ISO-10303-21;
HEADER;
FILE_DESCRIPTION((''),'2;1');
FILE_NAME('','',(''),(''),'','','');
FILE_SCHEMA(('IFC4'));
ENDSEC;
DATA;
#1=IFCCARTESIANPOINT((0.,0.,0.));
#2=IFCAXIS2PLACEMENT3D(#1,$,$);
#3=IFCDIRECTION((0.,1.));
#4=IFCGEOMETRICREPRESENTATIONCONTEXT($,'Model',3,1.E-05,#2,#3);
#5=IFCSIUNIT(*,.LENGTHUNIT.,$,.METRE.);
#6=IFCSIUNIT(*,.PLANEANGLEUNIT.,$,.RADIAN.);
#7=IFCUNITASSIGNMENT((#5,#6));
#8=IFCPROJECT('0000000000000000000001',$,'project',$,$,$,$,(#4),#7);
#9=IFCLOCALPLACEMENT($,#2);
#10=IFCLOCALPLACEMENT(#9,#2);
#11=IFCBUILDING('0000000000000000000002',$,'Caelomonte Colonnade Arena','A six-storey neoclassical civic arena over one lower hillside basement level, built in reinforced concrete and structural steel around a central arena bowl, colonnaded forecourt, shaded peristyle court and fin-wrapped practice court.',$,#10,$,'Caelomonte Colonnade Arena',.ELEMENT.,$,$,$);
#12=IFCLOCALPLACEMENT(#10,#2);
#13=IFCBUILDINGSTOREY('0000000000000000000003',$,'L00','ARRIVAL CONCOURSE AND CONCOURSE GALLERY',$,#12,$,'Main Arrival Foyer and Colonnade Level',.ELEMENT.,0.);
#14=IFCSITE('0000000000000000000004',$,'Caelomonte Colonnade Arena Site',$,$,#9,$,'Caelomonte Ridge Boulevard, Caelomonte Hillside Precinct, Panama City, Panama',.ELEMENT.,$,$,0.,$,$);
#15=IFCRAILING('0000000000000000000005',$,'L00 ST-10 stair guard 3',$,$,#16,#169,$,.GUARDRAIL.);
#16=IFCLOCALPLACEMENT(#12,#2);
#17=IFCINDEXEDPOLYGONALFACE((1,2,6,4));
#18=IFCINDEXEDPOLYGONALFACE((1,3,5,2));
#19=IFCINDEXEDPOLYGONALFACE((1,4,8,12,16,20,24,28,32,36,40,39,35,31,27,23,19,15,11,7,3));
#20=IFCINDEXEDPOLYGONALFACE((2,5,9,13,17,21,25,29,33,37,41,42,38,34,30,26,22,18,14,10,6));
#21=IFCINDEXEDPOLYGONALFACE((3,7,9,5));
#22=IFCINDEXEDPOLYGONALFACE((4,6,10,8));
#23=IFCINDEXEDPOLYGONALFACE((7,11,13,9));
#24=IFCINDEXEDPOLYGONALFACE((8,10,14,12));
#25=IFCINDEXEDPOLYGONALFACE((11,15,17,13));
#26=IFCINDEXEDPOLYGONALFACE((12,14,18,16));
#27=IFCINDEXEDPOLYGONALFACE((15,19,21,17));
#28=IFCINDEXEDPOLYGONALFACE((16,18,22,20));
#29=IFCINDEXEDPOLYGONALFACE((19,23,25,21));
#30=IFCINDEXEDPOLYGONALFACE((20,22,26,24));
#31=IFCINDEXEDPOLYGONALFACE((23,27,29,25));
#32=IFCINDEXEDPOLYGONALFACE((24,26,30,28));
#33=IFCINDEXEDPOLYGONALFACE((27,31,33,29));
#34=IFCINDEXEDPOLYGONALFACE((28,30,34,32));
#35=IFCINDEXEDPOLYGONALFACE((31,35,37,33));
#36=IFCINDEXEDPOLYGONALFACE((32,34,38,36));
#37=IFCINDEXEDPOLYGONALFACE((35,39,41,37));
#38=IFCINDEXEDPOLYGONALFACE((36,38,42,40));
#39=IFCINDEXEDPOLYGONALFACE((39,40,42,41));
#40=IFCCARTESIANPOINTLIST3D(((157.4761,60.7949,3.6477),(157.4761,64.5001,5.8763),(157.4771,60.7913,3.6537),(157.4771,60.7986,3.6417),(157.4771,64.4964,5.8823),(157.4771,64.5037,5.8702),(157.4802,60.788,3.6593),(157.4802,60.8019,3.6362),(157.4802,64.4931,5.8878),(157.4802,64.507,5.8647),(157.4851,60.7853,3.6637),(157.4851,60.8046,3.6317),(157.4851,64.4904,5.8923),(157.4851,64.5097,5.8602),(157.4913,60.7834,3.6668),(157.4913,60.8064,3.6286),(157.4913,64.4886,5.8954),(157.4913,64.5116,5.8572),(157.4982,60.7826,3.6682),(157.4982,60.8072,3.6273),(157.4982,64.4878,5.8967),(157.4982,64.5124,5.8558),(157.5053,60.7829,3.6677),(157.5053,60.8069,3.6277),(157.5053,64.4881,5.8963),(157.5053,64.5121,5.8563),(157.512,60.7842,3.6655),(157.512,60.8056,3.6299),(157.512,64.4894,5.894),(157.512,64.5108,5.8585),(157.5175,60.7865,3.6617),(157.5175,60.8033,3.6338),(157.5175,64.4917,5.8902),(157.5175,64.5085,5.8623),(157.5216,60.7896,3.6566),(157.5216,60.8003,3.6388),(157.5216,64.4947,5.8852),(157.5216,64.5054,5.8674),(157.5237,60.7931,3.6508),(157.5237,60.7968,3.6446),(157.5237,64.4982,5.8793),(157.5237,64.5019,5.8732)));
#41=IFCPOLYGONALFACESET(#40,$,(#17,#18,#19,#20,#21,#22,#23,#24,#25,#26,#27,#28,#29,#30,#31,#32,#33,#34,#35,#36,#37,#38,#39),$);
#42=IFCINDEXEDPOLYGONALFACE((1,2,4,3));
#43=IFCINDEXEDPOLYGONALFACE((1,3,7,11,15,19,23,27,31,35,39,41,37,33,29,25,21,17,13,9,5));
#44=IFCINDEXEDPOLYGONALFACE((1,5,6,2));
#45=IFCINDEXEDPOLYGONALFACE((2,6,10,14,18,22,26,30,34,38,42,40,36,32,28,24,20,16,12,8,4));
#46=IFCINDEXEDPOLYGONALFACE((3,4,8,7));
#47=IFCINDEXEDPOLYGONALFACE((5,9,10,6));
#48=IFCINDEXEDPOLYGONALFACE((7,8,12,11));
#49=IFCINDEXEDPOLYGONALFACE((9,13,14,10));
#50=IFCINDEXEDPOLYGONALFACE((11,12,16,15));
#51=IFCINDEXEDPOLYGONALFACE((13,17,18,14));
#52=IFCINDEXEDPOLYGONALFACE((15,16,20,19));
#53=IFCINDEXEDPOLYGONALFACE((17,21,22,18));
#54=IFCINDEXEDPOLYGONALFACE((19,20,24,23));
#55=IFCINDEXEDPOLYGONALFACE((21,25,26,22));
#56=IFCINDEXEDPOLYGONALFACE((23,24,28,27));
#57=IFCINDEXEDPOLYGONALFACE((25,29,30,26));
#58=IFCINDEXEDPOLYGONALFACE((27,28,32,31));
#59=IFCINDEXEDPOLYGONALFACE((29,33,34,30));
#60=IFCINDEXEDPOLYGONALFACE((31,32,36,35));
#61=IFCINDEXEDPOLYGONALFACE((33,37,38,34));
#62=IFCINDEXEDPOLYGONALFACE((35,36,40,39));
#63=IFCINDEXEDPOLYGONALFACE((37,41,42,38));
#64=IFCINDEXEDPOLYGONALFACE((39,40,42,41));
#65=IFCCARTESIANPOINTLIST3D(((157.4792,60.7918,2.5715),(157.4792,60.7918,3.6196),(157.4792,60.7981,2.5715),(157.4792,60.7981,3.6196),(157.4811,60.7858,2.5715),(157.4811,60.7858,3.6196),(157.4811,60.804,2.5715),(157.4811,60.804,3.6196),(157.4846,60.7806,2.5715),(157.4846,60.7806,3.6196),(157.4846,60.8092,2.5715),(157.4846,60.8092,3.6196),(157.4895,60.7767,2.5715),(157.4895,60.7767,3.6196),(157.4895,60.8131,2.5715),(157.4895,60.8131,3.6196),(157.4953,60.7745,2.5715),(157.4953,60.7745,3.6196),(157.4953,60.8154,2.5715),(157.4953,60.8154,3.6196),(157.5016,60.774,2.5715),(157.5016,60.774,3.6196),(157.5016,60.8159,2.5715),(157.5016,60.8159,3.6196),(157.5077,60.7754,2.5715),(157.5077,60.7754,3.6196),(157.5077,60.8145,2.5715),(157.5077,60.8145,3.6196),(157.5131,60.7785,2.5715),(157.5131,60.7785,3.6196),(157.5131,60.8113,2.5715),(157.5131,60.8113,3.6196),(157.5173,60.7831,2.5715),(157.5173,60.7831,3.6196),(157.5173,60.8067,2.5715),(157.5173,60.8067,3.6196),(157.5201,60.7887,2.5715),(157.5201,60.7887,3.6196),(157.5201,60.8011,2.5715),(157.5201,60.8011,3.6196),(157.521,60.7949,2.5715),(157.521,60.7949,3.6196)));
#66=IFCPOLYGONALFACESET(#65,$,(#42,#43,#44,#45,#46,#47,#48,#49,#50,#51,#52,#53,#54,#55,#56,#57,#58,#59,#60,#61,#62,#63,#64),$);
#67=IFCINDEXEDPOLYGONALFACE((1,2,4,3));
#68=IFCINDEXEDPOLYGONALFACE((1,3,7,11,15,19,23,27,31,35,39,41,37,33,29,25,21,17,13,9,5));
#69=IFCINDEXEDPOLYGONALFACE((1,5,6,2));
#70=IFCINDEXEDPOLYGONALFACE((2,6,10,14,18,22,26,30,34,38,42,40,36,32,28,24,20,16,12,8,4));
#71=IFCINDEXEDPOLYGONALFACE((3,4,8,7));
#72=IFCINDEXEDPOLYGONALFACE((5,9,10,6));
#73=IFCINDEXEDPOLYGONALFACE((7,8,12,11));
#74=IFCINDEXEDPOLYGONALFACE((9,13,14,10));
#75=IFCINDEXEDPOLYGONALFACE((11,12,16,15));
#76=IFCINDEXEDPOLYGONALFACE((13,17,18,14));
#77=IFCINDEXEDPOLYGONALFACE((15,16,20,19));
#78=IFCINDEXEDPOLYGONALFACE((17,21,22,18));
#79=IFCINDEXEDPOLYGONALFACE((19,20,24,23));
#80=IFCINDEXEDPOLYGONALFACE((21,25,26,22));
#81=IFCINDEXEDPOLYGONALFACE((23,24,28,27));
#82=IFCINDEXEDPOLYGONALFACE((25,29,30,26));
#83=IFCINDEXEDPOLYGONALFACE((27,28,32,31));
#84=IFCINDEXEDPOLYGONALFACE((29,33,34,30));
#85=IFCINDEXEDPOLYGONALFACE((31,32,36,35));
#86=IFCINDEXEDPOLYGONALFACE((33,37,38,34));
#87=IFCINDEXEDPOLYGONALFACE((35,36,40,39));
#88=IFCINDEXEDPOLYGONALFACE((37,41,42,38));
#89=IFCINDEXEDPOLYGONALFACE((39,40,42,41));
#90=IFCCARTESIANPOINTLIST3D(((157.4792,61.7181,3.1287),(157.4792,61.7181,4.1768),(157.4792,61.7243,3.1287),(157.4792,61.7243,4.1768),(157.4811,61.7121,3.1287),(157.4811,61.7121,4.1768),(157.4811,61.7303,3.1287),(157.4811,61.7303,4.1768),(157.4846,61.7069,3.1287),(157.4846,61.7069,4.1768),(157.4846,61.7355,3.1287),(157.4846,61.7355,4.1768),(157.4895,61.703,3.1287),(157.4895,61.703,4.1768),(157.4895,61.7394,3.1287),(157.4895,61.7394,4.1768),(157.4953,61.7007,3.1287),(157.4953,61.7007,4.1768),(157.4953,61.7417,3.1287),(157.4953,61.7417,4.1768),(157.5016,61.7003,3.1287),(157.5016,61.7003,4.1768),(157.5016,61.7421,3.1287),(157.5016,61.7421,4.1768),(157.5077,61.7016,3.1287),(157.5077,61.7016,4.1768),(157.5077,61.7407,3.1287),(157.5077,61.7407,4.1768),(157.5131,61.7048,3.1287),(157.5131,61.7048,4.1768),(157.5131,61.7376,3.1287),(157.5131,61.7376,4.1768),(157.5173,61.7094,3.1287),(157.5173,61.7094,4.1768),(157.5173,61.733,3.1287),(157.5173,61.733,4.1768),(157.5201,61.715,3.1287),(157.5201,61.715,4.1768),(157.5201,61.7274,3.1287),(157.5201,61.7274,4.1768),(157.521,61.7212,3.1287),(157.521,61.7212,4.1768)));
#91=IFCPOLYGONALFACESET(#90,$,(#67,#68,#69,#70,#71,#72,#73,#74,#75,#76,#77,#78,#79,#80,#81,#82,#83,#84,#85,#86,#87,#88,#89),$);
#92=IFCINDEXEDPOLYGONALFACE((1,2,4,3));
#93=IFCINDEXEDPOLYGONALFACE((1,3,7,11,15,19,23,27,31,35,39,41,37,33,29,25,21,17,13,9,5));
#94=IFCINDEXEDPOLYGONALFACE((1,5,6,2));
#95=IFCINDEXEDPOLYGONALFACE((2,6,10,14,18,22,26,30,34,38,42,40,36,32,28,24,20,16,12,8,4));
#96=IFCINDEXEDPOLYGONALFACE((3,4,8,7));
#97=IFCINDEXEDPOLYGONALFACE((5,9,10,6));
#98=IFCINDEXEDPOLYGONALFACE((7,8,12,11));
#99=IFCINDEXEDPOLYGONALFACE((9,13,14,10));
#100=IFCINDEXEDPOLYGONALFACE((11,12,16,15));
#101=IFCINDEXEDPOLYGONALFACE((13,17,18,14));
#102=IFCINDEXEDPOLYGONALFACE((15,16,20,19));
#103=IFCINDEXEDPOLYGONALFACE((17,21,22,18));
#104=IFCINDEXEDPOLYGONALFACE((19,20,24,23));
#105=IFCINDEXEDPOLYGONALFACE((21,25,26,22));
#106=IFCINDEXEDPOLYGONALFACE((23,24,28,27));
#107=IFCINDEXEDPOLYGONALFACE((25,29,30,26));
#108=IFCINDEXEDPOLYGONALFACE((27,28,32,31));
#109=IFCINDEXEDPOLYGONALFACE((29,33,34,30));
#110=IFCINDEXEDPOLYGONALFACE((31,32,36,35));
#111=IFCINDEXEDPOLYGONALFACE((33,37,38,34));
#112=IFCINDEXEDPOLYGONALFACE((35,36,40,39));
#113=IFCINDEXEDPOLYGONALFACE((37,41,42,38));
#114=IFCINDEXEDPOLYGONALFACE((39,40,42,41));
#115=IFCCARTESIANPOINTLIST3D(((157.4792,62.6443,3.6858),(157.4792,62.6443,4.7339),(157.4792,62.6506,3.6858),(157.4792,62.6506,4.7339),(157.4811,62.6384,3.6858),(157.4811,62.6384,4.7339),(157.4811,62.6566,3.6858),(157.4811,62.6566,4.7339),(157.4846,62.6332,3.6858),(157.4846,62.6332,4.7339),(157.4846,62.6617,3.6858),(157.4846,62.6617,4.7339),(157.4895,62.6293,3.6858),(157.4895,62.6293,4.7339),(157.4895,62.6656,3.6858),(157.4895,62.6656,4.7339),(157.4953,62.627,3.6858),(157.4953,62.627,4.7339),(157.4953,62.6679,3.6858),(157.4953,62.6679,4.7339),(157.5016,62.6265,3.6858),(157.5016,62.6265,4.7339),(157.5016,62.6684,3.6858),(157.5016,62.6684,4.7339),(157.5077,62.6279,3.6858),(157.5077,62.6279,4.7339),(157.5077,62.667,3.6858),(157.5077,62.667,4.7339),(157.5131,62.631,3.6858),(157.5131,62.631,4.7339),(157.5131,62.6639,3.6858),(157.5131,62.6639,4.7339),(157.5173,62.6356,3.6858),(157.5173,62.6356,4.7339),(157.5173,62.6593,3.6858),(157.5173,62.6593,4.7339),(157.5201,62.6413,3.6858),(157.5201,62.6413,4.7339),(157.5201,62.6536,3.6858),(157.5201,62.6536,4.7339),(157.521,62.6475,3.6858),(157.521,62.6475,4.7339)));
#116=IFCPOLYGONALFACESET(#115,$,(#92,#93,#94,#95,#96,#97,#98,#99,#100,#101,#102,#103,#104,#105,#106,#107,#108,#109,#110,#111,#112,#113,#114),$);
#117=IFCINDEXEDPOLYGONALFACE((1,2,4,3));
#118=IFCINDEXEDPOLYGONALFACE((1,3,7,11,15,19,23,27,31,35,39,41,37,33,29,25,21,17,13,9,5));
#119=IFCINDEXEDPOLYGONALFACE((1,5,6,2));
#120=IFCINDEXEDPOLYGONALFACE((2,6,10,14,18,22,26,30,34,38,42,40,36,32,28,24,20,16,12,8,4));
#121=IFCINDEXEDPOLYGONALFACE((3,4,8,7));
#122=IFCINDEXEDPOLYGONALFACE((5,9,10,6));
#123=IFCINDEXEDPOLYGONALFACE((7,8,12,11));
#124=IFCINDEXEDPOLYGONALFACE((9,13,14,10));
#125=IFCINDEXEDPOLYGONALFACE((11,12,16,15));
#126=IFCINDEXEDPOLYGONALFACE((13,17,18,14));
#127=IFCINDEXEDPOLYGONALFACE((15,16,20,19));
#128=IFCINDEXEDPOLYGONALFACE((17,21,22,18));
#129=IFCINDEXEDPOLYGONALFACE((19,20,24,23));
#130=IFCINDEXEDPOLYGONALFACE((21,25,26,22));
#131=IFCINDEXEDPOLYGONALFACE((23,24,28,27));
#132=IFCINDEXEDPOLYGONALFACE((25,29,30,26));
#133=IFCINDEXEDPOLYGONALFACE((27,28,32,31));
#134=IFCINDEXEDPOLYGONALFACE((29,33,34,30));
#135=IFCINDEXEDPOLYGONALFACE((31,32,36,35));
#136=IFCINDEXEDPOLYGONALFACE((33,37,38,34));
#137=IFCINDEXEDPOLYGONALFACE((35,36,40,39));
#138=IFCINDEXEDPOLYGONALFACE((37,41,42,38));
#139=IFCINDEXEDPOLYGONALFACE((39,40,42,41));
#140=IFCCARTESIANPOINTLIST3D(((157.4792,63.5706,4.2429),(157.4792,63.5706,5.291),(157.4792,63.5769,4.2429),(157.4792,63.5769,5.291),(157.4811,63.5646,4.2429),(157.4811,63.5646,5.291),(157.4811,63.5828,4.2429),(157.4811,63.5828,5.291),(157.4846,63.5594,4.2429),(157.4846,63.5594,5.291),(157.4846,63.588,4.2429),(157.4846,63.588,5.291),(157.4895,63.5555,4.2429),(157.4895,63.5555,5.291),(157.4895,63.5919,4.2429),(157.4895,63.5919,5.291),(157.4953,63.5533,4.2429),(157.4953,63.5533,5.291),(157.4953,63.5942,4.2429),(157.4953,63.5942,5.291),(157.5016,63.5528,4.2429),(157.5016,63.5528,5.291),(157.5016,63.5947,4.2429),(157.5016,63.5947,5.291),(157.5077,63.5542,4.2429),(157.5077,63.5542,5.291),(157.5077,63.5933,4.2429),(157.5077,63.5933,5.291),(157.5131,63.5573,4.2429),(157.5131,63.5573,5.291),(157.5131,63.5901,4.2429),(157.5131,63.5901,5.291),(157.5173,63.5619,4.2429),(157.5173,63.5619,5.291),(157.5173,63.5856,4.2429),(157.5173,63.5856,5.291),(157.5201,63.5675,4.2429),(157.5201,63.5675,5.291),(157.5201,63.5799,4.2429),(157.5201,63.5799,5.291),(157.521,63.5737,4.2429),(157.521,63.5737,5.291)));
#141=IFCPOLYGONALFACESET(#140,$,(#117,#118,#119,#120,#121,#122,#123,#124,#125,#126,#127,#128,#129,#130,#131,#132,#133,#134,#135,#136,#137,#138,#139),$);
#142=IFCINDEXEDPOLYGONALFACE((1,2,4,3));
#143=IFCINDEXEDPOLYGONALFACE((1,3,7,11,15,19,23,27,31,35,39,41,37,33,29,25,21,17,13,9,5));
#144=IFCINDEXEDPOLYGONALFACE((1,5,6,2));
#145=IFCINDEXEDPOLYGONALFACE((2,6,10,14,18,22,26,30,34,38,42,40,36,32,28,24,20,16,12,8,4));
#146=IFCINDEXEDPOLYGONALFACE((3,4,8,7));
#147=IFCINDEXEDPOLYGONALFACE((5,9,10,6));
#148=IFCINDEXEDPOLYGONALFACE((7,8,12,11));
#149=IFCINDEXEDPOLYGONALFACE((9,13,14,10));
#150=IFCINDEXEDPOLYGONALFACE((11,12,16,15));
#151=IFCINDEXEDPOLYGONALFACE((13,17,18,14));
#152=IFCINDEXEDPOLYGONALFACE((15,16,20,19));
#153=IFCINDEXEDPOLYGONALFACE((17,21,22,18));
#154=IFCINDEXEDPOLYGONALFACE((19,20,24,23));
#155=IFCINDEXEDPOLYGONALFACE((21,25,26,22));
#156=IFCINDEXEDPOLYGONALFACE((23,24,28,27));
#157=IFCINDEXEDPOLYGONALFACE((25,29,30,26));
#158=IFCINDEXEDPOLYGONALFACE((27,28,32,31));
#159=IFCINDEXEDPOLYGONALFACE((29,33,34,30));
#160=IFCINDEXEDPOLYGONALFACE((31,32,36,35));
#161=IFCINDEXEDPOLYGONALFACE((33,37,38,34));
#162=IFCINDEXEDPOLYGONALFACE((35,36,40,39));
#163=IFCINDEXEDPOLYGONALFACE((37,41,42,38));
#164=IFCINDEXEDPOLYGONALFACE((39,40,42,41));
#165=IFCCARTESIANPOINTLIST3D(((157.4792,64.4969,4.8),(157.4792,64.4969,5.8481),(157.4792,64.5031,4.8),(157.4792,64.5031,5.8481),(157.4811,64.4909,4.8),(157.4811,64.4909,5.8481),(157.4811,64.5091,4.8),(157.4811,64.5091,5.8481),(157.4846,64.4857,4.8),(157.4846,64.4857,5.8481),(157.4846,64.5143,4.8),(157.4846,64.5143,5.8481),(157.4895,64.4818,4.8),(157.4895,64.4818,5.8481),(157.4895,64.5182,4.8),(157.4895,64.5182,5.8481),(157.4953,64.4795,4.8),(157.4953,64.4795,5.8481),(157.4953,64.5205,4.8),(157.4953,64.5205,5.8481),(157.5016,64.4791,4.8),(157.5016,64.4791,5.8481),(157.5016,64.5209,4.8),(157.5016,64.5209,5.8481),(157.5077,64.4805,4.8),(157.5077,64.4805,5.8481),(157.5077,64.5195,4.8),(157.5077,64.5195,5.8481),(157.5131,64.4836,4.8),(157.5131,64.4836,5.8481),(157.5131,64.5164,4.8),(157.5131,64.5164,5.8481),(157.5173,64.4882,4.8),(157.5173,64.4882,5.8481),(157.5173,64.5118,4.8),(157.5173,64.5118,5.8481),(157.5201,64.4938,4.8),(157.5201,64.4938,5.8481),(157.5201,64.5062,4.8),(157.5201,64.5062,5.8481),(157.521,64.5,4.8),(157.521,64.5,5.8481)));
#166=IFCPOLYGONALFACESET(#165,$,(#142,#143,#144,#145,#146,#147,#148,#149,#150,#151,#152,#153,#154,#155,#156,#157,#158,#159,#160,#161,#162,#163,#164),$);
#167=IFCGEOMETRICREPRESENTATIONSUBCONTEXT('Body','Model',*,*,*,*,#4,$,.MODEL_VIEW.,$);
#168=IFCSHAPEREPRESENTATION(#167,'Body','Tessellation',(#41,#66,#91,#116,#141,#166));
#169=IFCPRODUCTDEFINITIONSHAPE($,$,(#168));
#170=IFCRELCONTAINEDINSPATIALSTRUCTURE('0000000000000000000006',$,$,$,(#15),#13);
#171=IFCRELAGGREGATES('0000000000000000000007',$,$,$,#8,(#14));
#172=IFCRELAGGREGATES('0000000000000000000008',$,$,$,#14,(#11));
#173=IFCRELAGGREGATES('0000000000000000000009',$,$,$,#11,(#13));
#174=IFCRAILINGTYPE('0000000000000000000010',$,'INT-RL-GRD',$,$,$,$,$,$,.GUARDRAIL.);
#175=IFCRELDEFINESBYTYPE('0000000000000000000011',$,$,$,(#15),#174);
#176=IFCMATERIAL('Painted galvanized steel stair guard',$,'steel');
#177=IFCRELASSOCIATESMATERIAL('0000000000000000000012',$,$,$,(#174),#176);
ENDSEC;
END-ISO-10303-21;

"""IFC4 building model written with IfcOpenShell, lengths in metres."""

from ifc_helpers import new_model, si_unit, direction, frame, origin, origin_2d, place, context, subcontext, project, spatial, circle, extrude, material, type_object, element, save


model = new_model("IFC4")

# Units and contexts
model_context = context("Model", 3, precision=1e-05, world=origin(), true_north=direction((0.0, 1.0)))
body_context = subcontext(model_context, "Body", "Model", "MODEL_VIEW")
ifc_project = project(units=[si_unit("LENGTHUNIT", "METRE"), si_unit("PLANEANGLEUNIT", "RADIAN")], contexts=[model_context])

# Site, building, storey
site_placement = place(None, origin())
site = spatial("IfcSite", under=ifc_project, at=site_placement, Name="Caelomonte Colonnade Arena Site", LongName="Caelomonte Ridge Boulevard, Caelomonte Hillside Precinct, Panama City, Panama", CompositionType="ELEMENT", RefElevation=0.0)
building_placement = place(site_placement, origin())
building = spatial("IfcBuilding", under=site, at=building_placement, Name="Caelomonte Colonnade Arena", Description="A six-storey neoclassical civic arena over one lower hillside basement level, built in reinforced concrete and structural steel around a central arena bowl, colonnaded forecourt, shaded peristyle court and fin-wrapped practice court.", LongName="Caelomonte Colonnade Arena", CompositionType="ELEMENT")
storey_placement = place(building_placement, origin())
storey = spatial("IfcBuildingStorey", under=building, at=storey_placement, Name="L00", Description="ARRIVAL CONCOURSE AND CONCOURSE GALLERY", LongName="Main Arrival Foyer and Colonnade Level", CompositionType="ELEMENT", Elevation=0.0)

# Railing
ifc_material_1 = material(Name="Painted galvanized steel stair guard", Category="steel")
railing_type_1 = type_object("IfcRailingType", Name="INT-RL-GRD", PredefinedType="GUARDRAIL", material=ifc_material_1)
railing_1_placement = place(storey_placement, frame((157.5, 60.7949, 2.5715)))
element("IfcRailing", 1, at=railing_1_placement, inside=storey, type_object=railing_type_1, Name="L00 ST-10 stair guard 3", PredefinedType="GUARDRAIL", context=body_context, shape_type="SweptSolid", body=[
    extrude(circle(Radius=0.0239, at=origin_2d()), frame((0.0, 0.0, 1.0762), z_axis=(0.0, 0.856934, 0.515425), x_axis=(-1.0, 0.0, 0.0)), (0.0, 0.0, 1.0), 4.3237),
    extrude(circle(Radius=0.021, at=origin_2d()), origin(), (0.0, 0.0, 1.0), 1.0481),
    extrude(circle(Radius=0.021, at=origin_2d()), frame((0.0, 0.9263, 0.5571)), (0.0, 0.0, 1.0), 1.0481),
    extrude(circle(Radius=0.021, at=origin_2d()), frame((0.0, 1.8525, 1.1143)), (0.0, 0.0, 1.0), 1.0481),
    extrude(circle(Radius=0.021, at=origin_2d()), frame((0.0, 2.7788, 1.6714)), (0.0, 0.0, 1.0), 1.0481),
    extrude(circle(Radius=0.021, at=origin_2d()), frame((0.0, 3.7051, 2.2285)), (0.0, 0.0, 1.0), 1.0481),
])

save(model, "model.ifc")
